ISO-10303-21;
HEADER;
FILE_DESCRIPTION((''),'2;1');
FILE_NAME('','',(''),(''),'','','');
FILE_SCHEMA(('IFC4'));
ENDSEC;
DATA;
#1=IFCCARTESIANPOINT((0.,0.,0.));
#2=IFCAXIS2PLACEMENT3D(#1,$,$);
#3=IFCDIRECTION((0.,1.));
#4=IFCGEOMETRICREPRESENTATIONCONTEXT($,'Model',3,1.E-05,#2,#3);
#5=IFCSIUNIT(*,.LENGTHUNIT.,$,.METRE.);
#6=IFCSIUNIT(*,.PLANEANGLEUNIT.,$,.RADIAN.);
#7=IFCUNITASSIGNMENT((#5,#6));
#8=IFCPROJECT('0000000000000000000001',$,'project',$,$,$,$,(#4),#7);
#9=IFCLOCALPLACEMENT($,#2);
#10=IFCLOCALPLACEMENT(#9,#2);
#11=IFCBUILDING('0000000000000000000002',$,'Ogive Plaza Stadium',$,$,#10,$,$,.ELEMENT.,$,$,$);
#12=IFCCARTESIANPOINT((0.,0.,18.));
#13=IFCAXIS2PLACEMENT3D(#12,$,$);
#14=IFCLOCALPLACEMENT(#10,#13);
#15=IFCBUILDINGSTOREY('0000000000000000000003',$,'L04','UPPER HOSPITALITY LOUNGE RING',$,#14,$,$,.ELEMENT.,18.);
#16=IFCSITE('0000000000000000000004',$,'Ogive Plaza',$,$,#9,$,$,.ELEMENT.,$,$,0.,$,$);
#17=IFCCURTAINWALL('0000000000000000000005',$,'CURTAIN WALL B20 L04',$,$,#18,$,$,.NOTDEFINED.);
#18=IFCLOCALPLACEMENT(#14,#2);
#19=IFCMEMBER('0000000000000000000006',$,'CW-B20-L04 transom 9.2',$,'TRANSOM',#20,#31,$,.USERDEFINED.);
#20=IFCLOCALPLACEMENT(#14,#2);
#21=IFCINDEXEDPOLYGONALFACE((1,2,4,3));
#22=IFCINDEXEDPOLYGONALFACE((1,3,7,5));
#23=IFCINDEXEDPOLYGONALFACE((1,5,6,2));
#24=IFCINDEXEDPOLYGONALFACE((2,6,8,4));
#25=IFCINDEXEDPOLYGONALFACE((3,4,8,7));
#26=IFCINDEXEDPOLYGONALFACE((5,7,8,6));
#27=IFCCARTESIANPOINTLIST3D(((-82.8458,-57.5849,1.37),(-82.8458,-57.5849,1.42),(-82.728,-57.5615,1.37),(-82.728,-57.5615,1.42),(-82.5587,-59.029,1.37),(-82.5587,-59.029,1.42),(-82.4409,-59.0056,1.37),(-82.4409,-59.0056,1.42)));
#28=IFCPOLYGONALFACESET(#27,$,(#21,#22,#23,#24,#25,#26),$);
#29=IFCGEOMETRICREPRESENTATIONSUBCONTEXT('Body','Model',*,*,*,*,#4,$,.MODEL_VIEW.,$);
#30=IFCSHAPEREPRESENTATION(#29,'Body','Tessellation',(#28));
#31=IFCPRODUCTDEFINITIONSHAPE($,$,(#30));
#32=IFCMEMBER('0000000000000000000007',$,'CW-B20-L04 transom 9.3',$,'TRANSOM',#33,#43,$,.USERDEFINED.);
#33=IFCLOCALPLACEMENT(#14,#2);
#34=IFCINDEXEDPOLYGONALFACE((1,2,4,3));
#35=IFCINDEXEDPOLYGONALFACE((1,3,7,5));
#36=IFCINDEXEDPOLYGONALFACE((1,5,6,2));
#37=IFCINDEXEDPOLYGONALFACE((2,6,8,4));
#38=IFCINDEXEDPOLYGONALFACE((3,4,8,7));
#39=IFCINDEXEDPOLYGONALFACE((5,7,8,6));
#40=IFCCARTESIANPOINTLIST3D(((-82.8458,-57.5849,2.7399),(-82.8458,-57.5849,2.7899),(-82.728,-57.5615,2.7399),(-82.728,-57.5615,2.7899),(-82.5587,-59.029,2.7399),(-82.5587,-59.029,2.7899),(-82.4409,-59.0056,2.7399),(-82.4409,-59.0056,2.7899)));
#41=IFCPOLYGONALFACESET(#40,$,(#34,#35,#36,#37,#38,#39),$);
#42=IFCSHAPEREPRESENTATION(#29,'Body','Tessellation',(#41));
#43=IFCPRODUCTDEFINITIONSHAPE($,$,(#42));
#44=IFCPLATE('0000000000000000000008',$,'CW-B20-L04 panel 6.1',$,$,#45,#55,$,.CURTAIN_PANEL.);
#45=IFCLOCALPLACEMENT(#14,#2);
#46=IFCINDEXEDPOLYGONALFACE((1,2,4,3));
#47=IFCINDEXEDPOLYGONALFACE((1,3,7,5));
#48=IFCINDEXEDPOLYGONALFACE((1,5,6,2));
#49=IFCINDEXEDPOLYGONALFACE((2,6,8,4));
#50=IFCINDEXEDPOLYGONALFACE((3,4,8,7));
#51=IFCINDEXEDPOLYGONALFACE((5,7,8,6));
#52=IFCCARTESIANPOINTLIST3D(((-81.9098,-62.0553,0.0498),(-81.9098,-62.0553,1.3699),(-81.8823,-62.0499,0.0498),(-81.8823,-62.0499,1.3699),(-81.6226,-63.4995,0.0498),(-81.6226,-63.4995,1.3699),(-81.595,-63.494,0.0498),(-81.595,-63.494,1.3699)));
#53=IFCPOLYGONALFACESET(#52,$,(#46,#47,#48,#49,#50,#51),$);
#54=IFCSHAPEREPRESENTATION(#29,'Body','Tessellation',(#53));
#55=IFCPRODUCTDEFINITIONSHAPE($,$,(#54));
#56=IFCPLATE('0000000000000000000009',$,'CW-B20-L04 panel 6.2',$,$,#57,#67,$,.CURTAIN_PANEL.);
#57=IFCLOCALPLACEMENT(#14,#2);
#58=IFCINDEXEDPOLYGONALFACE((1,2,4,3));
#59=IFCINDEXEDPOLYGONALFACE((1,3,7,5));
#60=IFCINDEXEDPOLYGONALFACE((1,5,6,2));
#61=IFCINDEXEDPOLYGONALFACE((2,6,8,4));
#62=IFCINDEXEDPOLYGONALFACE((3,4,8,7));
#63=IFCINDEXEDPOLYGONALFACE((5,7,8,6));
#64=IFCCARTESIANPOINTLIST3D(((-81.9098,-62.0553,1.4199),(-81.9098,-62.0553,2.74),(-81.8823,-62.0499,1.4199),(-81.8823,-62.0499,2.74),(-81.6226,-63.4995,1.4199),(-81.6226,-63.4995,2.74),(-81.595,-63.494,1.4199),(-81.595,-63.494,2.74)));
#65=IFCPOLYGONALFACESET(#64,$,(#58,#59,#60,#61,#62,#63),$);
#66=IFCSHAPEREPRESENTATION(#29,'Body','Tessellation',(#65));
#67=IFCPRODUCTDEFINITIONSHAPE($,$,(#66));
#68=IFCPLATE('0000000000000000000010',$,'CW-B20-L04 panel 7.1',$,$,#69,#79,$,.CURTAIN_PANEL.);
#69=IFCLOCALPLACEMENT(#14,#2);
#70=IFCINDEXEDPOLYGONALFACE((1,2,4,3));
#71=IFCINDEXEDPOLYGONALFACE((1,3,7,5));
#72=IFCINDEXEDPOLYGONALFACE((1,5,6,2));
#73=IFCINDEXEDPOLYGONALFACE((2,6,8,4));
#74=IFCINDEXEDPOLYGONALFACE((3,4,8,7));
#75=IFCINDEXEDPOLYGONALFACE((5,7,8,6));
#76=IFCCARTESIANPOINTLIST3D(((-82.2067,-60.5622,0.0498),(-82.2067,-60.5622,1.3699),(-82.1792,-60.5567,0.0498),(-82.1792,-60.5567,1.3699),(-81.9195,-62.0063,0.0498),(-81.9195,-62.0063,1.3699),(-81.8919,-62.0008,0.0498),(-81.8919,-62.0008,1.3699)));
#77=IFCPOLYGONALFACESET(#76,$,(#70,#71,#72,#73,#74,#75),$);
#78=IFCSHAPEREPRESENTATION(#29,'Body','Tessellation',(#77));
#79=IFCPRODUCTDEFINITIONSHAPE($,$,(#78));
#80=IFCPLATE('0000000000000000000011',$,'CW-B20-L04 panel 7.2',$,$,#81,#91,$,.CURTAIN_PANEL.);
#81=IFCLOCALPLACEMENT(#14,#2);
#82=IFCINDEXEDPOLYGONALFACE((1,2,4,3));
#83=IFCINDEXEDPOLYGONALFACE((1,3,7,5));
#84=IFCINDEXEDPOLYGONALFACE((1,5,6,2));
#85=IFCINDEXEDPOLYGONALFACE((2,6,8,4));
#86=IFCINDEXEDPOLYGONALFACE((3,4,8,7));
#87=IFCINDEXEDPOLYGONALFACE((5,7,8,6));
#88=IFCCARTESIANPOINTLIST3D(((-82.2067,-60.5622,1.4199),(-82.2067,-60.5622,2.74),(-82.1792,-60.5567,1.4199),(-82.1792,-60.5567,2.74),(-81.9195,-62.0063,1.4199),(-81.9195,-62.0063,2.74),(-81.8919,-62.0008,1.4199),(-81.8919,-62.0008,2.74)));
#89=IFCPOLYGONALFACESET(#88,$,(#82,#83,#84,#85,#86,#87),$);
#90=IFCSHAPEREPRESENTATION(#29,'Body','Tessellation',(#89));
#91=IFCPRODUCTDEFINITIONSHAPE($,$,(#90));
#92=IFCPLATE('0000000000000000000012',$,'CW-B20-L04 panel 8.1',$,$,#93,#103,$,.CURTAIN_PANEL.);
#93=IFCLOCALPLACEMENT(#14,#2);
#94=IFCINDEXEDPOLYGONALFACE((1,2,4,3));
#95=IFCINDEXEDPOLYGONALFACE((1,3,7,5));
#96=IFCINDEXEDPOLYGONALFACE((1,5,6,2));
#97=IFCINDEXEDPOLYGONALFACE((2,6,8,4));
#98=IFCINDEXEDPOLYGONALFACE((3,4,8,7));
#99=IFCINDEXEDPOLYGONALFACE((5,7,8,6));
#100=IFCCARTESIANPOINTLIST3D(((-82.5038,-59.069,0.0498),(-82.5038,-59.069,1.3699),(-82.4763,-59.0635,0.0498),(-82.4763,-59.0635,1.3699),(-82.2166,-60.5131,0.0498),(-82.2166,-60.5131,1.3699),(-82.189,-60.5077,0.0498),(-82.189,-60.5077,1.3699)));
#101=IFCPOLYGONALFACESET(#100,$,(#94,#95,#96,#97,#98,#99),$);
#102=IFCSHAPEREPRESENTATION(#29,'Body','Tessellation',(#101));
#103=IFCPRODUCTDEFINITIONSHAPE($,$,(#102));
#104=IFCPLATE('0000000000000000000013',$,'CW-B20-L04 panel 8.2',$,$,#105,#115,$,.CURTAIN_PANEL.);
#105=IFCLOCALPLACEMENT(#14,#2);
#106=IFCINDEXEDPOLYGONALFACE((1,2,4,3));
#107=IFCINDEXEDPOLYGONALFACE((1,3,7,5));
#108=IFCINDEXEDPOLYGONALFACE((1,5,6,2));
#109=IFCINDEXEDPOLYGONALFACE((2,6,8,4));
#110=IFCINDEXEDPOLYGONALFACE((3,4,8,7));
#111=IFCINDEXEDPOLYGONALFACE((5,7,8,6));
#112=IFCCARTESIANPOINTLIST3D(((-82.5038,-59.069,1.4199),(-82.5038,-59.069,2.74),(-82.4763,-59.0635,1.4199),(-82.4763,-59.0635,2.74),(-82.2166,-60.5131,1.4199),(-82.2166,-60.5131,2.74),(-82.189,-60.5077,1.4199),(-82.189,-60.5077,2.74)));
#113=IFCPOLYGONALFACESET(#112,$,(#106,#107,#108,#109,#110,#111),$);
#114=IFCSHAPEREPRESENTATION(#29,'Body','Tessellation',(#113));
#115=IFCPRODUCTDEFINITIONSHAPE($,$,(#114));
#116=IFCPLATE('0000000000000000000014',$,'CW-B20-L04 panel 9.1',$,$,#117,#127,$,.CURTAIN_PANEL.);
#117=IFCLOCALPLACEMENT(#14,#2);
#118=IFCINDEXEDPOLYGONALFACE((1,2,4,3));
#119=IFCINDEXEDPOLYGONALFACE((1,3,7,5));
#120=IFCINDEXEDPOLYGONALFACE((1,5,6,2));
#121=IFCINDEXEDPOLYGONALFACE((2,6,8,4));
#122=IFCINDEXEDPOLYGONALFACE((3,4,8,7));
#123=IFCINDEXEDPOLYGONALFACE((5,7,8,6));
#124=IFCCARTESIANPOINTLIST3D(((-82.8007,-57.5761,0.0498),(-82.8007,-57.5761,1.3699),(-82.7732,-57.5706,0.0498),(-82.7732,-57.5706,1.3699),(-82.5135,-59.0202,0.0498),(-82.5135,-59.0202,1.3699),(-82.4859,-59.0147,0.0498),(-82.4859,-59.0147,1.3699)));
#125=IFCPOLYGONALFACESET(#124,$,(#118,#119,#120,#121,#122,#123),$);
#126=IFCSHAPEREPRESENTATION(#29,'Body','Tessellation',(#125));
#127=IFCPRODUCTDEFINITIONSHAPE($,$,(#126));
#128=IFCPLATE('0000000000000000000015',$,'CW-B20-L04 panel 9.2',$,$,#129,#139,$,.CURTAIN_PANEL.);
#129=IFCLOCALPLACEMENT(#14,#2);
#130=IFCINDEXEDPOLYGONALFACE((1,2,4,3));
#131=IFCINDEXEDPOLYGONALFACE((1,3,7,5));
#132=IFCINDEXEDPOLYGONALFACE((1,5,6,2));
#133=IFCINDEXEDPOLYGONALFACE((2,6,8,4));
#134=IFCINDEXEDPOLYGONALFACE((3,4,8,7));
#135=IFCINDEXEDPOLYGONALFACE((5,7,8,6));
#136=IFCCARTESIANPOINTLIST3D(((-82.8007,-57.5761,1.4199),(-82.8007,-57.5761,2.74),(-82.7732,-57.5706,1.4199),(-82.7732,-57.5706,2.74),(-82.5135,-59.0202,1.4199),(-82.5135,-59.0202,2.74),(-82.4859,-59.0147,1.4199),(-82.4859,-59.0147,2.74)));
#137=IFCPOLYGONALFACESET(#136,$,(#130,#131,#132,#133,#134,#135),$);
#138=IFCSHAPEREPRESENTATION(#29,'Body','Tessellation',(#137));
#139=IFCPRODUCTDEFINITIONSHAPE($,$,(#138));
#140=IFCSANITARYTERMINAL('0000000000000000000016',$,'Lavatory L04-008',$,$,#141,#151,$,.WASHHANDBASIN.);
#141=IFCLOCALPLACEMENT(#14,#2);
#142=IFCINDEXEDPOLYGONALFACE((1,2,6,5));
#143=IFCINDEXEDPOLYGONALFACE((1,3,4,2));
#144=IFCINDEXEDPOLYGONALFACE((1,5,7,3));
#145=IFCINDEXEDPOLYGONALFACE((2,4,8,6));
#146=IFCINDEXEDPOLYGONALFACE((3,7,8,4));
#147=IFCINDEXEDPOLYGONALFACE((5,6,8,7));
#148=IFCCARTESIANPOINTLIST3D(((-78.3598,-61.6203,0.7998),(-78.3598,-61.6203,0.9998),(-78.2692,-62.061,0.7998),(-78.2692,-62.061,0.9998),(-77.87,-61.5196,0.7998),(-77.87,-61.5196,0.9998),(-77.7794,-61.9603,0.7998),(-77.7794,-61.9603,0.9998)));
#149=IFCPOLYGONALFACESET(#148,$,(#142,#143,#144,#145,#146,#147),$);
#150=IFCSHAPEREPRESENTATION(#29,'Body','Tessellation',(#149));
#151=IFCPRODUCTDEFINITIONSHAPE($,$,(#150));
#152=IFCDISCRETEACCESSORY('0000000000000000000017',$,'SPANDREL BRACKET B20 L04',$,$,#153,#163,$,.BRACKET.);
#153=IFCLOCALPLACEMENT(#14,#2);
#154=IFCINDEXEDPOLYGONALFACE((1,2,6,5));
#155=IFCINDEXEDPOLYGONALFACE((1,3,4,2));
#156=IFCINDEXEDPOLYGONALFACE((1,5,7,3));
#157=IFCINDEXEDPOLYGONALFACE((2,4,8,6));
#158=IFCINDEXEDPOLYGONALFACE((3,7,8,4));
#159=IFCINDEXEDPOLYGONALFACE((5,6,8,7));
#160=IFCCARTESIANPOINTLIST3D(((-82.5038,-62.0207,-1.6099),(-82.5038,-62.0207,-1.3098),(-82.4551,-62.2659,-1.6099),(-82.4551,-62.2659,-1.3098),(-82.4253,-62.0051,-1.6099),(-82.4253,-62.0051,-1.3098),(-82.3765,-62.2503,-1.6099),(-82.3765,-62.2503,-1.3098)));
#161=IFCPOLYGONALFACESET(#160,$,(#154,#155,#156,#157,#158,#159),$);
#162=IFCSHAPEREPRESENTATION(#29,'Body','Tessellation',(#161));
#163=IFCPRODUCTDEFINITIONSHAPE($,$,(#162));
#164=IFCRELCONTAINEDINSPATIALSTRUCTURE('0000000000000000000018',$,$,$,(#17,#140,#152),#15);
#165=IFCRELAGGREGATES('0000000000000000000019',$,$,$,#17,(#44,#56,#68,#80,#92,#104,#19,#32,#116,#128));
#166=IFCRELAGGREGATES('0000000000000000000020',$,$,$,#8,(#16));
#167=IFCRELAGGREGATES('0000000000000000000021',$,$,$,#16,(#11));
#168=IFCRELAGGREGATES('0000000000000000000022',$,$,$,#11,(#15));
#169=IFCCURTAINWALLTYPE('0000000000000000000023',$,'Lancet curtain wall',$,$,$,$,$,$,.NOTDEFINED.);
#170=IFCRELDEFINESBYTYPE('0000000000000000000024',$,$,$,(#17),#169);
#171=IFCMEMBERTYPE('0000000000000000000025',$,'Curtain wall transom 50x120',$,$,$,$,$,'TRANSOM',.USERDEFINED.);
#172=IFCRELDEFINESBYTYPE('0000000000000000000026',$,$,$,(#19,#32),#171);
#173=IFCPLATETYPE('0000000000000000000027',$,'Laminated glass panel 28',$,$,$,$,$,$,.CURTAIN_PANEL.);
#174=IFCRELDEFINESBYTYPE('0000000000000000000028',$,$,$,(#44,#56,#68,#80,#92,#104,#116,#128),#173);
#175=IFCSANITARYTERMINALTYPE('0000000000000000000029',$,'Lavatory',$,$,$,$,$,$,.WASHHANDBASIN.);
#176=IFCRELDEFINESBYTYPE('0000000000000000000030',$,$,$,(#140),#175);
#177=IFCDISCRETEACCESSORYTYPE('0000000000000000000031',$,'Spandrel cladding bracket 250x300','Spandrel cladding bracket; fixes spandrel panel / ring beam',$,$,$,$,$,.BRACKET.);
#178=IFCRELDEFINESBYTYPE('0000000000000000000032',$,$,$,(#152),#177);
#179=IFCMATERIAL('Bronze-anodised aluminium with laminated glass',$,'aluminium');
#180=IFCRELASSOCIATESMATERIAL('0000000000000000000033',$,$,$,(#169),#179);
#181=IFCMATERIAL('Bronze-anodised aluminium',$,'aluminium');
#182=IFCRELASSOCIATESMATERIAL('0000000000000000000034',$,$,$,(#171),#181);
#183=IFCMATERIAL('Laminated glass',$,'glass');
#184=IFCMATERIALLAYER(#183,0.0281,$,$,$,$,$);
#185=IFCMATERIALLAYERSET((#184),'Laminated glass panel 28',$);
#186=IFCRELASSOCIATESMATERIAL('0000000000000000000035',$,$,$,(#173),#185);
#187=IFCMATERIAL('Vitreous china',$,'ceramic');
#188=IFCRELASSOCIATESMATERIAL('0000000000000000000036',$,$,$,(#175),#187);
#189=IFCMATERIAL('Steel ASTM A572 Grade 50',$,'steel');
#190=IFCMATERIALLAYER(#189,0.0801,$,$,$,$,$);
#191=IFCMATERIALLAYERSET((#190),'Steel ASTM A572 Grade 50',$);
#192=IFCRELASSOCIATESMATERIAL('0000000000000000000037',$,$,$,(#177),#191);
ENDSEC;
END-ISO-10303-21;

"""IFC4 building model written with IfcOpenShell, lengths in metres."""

from ifc_helpers import new_model, si_unit, direction, frame, origin, origin_2d, place, context, subcontext, project, spatial, rectangle, extrude, material, layer, layer_set, material_profile, profile_set, type_object, element, aggregate, save


model = new_model("IFC4")

# Units and contexts
model_context = context("Model", 3, precision=1e-05, world=origin(), true_north=direction((0.0, 1.0)))
body_context = subcontext(model_context, "Body", "Model", "MODEL_VIEW")
ifc_project = project(units=[si_unit("LENGTHUNIT", "METRE"), si_unit("PLANEANGLEUNIT", "RADIAN")], contexts=[model_context])

# Site, building, storey
site_placement = place(None, origin())
site = spatial("IfcSite", under=ifc_project, at=site_placement, Name="Ogive Plaza", CompositionType="ELEMENT", RefElevation=0.0)
building_placement = place(site_placement, origin())
building = spatial("IfcBuilding", under=site, at=building_placement, Name="Ogive Plaza Stadium", CompositionType="ELEMENT")
storey_placement = place(building_placement, frame((0.0, 0.0, 18.0)))
storey = spatial("IfcBuildingStorey", under=building, at=storey_placement, Name="L04", Description="UPPER HOSPITALITY LOUNGE RING", CompositionType="ELEMENT", Elevation=18.0)

# Curtain wall, members, plates
ifc_material_1 = material(Name="Bronze-anodised aluminium with laminated glass", Category="aluminium")
curtain_wall_type = type_object("IfcCurtainWallType", Name="Lancet curtain wall", PredefinedType="NOTDEFINED", material=ifc_material_1)
curtain_wall_placement = place(storey_placement, origin())
curtain_wall = element("IfcCurtainWall", 1, at=curtain_wall_placement, inside=storey, type_object=curtain_wall_type, Name="CURTAIN WALL B20 L04", PredefinedType="NOTDEFINED")
ifc_material_2 = material(Name="Bronze-anodised aluminium", Category="aluminium")
ifc_material_profile_1 = material_profile(ifc_material_2, rectangle(XDim=0.1201, YDim=0.05, at=origin_2d()), Name="AL 120x50")
ifc_profile_set_1 = profile_set([ifc_material_profile_1], Name="Bronze-anodised aluminium")
member_type_1 = type_object("IfcMemberType", Name="Curtain wall transom 50x120", ElementType="TRANSOM", PredefinedType="USERDEFINED", material=ifc_profile_set_1)
member_1_placement = place(storey_placement, frame((-82.4998, -59.0173, 1.395), z_axis=(-0.195, 0.980803, 0.0), x_axis=(-0.980803, -0.195, 0.0)))
member_1 = element("IfcMember", 2, at=member_1_placement, type_object=member_type_1, Name="CW-B20-L04 transom 9.2", ObjectType="TRANSOM", PredefinedType="USERDEFINED", context=body_context, shape_type="SweptSolid", body=[
    extrude(rectangle(XDim=0.1201, YDim=0.05, at=origin_2d()), origin(), (0.0, 0.0, 1.0), 1.4724),
])
member_2_placement = place(storey_placement, frame((-82.4998, -59.0173, 2.7649), z_axis=(-0.195, 0.980803, 0.0), x_axis=(-0.980803, -0.195, 0.0)))
member_2 = element("IfcMember", 3, at=member_2_placement, type_object=member_type_1, Name="CW-B20-L04 transom 9.3", ObjectType="TRANSOM", PredefinedType="USERDEFINED", context=body_context, shape_type="SweptSolid", body=[
    extrude(rectangle(XDim=0.1201, YDim=0.05, at=origin_2d()), origin(), (0.0, 0.0, 1.0), 1.4724),
])
ifc_material_3 = material(Name="Laminated glass", Category="glass")
ifc_layer_1 = layer(ifc_material_3, 0.0281)
ifc_layer_set_1 = layer_set([ifc_layer_1], Name="Laminated glass panel 28")
plate_type = type_object("IfcPlateType", Name="Laminated glass panel 28", PredefinedType="CURTAIN_PANEL", material=ifc_layer_set_1)
plate_1_placement = place(storey_placement, frame((-81.7524, -62.7747, 0.0498), z_axis=(0.0, 0.0, 1.0), x_axis=(-0.19509, 0.980785, 0.0)))
plate_1 = element("IfcPlate", 4, at=plate_1_placement, type_object=plate_type, Name="CW-B20-L04 panel 6.1", PredefinedType="CURTAIN_PANEL", context=body_context, shape_type="SweptSolid", body=[
    extrude(rectangle(XDim=1.4724, YDim=0.0281, at=origin_2d()), origin(), (0.0, 0.0, 1.0), 1.3201),
])
plate_2_placement = place(storey_placement, frame((-81.7524, -62.7747, 1.4199), z_axis=(0.0, 0.0, 1.0), x_axis=(-0.19509, 0.980785, 0.0)))
plate_2 = element("IfcPlate", 5, at=plate_2_placement, type_object=plate_type, Name="CW-B20-L04 panel 6.2", PredefinedType="CURTAIN_PANEL", context=body_context, shape_type="SweptSolid", body=[
    extrude(rectangle(XDim=1.4724, YDim=0.0281, at=origin_2d()), origin(), (0.0, 0.0, 1.0), 1.3201),
])
plate_3_placement = place(storey_placement, frame((-82.0493, -61.2815, 0.0498), z_axis=(0.0, 0.0, 1.0), x_axis=(-0.19509, 0.980785, 0.0)))
plate_3 = element("IfcPlate", 6, at=plate_3_placement, type_object=plate_type, Name="CW-B20-L04 panel 7.1", PredefinedType="CURTAIN_PANEL", context=body_context, shape_type="SweptSolid", body=[
    extrude(rectangle(XDim=1.4724, YDim=0.0281, at=origin_2d()), origin(), (0.0, 0.0, 1.0), 1.3201),
])
plate_4_placement = place(storey_placement, frame((-82.0493, -61.2815, 1.4199), z_axis=(0.0, 0.0, 1.0), x_axis=(-0.19509, 0.980785, 0.0)))
plate_4 = element("IfcPlate", 7, at=plate_4_placement, type_object=plate_type, Name="CW-B20-L04 panel 7.2", PredefinedType="CURTAIN_PANEL", context=body_context, shape_type="SweptSolid", body=[
    extrude(rectangle(XDim=1.4724, YDim=0.0281, at=origin_2d()), origin(), (0.0, 0.0, 1.0), 1.3201),
])
plate_5_placement = place(storey_placement, frame((-82.3464, -59.7883, 0.0498), z_axis=(0.0, 0.0, 1.0), x_axis=(-0.19509, 0.980785, 0.0)))
plate_5 = element("IfcPlate", 8, at=plate_5_placement, type_object=plate_type, Name="CW-B20-L04 panel 8.1", PredefinedType="CURTAIN_PANEL", context=body_context, shape_type="SweptSolid", body=[
    extrude(rectangle(XDim=1.4724, YDim=0.0281, at=origin_2d()), origin(), (0.0, 0.0, 1.0), 1.3201),
])
plate_6_placement = place(storey_placement, frame((-82.3464, -59.7883, 1.4199), z_axis=(0.0, 0.0, 1.0), x_axis=(-0.19509, 0.980785, 0.0)))
plate_6 = element("IfcPlate", 9, at=plate_6_placement, type_object=plate_type, Name="CW-B20-L04 panel 8.2", PredefinedType="CURTAIN_PANEL", context=body_context, shape_type="SweptSolid", body=[
    extrude(rectangle(XDim=1.4724, YDim=0.0281, at=origin_2d()), origin(), (0.0, 0.0, 1.0), 1.3201),
])
plate_7_placement = place(storey_placement, frame((-82.6433, -58.2954, 0.0498), z_axis=(0.0, 0.0, 1.0), x_axis=(-0.19509, 0.980785, 0.0)))
plate_7 = element("IfcPlate", 10, at=plate_7_placement, type_object=plate_type, Name="CW-B20-L04 panel 9.1", PredefinedType="CURTAIN_PANEL", context=body_context, shape_type="SweptSolid", body=[
    extrude(rectangle(XDim=1.4724, YDim=0.0281, at=origin_2d()), origin(), (0.0, 0.0, 1.0), 1.3201),
])
plate_8_placement = place(storey_placement, frame((-82.6433, -58.2954, 1.4199), z_axis=(0.0, 0.0, 1.0), x_axis=(-0.19509, 0.980785, 0.0)))
plate_8 = element("IfcPlate", 11, at=plate_8_placement, type_object=plate_type, Name="CW-B20-L04 panel 9.2", PredefinedType="CURTAIN_PANEL", context=body_context, shape_type="SweptSolid", body=[
    extrude(rectangle(XDim=1.4724, YDim=0.0281, at=origin_2d()), origin(), (0.0, 0.0, 1.0), 1.3201),
])
aggregate(curtain_wall, [plate_1, plate_2, plate_3, plate_4, plate_5, plate_6, member_1, member_2, plate_7, plate_8])

# Sanitary terminal
ifc_material_4 = material(Name="Vitreous china", Category="ceramic")
sanitary_terminal_type = type_object("IfcSanitaryTerminalType", Name="Lavatory", PredefinedType="WASHHANDBASIN", material=ifc_material_4)
sanitary_terminal_placement = place(storey_placement, frame((-78.0696, -61.7903, 0.7998), z_axis=(0.0, 0.0, 1.0), x_axis=(0.979512, 0.201384, 0.0)))
element("IfcSanitaryTerminal", 12, at=sanitary_terminal_placement, inside=storey, type_object=sanitary_terminal_type, Name="Lavatory L04-008", PredefinedType="WASHHANDBASIN", context=body_context, shape_type="SweptSolid", body=[
    extrude(rectangle(XDim=0.5, YDim=0.45, at=origin_2d()), origin(), (0.0, 0.0, 1.0), 0.2),
])

# Discrete accessory
ifc_material_5 = material(Name="Steel ASTM A572 Grade 50", Category="steel")
ifc_layer_2 = layer(ifc_material_5, 0.0801)
ifc_layer_set_2 = layer_set([ifc_layer_2], Name="Steel ASTM A572 Grade 50")
discrete_accessory_type = type_object("IfcDiscreteAccessoryType", Name="Spandrel cladding bracket 250x300", Description="Spandrel cladding bracket; fixes spandrel panel / ring beam", PredefinedType="BRACKET", material=ifc_layer_set_2)
discrete_accessory_placement = place(storey_placement, frame((-82.4402, -62.1355, -1.6099), z_axis=(0.0, 0.0, 1.0), x_axis=(-0.19509, 0.980785, 0.0)))
element("IfcDiscreteAccessory", 13, at=discrete_accessory_placement, inside=storey, type_object=discrete_accessory_type, Name="SPANDREL BRACKET B20 L04", PredefinedType="BRACKET", context=body_context, shape_type="SweptSolid", body=[
    extrude(rectangle(XDim=0.25, YDim=0.0801, at=origin_2d()), origin(), (0.0, 0.0, 1.0), 0.3),
])

save(model, "model.ifc")
